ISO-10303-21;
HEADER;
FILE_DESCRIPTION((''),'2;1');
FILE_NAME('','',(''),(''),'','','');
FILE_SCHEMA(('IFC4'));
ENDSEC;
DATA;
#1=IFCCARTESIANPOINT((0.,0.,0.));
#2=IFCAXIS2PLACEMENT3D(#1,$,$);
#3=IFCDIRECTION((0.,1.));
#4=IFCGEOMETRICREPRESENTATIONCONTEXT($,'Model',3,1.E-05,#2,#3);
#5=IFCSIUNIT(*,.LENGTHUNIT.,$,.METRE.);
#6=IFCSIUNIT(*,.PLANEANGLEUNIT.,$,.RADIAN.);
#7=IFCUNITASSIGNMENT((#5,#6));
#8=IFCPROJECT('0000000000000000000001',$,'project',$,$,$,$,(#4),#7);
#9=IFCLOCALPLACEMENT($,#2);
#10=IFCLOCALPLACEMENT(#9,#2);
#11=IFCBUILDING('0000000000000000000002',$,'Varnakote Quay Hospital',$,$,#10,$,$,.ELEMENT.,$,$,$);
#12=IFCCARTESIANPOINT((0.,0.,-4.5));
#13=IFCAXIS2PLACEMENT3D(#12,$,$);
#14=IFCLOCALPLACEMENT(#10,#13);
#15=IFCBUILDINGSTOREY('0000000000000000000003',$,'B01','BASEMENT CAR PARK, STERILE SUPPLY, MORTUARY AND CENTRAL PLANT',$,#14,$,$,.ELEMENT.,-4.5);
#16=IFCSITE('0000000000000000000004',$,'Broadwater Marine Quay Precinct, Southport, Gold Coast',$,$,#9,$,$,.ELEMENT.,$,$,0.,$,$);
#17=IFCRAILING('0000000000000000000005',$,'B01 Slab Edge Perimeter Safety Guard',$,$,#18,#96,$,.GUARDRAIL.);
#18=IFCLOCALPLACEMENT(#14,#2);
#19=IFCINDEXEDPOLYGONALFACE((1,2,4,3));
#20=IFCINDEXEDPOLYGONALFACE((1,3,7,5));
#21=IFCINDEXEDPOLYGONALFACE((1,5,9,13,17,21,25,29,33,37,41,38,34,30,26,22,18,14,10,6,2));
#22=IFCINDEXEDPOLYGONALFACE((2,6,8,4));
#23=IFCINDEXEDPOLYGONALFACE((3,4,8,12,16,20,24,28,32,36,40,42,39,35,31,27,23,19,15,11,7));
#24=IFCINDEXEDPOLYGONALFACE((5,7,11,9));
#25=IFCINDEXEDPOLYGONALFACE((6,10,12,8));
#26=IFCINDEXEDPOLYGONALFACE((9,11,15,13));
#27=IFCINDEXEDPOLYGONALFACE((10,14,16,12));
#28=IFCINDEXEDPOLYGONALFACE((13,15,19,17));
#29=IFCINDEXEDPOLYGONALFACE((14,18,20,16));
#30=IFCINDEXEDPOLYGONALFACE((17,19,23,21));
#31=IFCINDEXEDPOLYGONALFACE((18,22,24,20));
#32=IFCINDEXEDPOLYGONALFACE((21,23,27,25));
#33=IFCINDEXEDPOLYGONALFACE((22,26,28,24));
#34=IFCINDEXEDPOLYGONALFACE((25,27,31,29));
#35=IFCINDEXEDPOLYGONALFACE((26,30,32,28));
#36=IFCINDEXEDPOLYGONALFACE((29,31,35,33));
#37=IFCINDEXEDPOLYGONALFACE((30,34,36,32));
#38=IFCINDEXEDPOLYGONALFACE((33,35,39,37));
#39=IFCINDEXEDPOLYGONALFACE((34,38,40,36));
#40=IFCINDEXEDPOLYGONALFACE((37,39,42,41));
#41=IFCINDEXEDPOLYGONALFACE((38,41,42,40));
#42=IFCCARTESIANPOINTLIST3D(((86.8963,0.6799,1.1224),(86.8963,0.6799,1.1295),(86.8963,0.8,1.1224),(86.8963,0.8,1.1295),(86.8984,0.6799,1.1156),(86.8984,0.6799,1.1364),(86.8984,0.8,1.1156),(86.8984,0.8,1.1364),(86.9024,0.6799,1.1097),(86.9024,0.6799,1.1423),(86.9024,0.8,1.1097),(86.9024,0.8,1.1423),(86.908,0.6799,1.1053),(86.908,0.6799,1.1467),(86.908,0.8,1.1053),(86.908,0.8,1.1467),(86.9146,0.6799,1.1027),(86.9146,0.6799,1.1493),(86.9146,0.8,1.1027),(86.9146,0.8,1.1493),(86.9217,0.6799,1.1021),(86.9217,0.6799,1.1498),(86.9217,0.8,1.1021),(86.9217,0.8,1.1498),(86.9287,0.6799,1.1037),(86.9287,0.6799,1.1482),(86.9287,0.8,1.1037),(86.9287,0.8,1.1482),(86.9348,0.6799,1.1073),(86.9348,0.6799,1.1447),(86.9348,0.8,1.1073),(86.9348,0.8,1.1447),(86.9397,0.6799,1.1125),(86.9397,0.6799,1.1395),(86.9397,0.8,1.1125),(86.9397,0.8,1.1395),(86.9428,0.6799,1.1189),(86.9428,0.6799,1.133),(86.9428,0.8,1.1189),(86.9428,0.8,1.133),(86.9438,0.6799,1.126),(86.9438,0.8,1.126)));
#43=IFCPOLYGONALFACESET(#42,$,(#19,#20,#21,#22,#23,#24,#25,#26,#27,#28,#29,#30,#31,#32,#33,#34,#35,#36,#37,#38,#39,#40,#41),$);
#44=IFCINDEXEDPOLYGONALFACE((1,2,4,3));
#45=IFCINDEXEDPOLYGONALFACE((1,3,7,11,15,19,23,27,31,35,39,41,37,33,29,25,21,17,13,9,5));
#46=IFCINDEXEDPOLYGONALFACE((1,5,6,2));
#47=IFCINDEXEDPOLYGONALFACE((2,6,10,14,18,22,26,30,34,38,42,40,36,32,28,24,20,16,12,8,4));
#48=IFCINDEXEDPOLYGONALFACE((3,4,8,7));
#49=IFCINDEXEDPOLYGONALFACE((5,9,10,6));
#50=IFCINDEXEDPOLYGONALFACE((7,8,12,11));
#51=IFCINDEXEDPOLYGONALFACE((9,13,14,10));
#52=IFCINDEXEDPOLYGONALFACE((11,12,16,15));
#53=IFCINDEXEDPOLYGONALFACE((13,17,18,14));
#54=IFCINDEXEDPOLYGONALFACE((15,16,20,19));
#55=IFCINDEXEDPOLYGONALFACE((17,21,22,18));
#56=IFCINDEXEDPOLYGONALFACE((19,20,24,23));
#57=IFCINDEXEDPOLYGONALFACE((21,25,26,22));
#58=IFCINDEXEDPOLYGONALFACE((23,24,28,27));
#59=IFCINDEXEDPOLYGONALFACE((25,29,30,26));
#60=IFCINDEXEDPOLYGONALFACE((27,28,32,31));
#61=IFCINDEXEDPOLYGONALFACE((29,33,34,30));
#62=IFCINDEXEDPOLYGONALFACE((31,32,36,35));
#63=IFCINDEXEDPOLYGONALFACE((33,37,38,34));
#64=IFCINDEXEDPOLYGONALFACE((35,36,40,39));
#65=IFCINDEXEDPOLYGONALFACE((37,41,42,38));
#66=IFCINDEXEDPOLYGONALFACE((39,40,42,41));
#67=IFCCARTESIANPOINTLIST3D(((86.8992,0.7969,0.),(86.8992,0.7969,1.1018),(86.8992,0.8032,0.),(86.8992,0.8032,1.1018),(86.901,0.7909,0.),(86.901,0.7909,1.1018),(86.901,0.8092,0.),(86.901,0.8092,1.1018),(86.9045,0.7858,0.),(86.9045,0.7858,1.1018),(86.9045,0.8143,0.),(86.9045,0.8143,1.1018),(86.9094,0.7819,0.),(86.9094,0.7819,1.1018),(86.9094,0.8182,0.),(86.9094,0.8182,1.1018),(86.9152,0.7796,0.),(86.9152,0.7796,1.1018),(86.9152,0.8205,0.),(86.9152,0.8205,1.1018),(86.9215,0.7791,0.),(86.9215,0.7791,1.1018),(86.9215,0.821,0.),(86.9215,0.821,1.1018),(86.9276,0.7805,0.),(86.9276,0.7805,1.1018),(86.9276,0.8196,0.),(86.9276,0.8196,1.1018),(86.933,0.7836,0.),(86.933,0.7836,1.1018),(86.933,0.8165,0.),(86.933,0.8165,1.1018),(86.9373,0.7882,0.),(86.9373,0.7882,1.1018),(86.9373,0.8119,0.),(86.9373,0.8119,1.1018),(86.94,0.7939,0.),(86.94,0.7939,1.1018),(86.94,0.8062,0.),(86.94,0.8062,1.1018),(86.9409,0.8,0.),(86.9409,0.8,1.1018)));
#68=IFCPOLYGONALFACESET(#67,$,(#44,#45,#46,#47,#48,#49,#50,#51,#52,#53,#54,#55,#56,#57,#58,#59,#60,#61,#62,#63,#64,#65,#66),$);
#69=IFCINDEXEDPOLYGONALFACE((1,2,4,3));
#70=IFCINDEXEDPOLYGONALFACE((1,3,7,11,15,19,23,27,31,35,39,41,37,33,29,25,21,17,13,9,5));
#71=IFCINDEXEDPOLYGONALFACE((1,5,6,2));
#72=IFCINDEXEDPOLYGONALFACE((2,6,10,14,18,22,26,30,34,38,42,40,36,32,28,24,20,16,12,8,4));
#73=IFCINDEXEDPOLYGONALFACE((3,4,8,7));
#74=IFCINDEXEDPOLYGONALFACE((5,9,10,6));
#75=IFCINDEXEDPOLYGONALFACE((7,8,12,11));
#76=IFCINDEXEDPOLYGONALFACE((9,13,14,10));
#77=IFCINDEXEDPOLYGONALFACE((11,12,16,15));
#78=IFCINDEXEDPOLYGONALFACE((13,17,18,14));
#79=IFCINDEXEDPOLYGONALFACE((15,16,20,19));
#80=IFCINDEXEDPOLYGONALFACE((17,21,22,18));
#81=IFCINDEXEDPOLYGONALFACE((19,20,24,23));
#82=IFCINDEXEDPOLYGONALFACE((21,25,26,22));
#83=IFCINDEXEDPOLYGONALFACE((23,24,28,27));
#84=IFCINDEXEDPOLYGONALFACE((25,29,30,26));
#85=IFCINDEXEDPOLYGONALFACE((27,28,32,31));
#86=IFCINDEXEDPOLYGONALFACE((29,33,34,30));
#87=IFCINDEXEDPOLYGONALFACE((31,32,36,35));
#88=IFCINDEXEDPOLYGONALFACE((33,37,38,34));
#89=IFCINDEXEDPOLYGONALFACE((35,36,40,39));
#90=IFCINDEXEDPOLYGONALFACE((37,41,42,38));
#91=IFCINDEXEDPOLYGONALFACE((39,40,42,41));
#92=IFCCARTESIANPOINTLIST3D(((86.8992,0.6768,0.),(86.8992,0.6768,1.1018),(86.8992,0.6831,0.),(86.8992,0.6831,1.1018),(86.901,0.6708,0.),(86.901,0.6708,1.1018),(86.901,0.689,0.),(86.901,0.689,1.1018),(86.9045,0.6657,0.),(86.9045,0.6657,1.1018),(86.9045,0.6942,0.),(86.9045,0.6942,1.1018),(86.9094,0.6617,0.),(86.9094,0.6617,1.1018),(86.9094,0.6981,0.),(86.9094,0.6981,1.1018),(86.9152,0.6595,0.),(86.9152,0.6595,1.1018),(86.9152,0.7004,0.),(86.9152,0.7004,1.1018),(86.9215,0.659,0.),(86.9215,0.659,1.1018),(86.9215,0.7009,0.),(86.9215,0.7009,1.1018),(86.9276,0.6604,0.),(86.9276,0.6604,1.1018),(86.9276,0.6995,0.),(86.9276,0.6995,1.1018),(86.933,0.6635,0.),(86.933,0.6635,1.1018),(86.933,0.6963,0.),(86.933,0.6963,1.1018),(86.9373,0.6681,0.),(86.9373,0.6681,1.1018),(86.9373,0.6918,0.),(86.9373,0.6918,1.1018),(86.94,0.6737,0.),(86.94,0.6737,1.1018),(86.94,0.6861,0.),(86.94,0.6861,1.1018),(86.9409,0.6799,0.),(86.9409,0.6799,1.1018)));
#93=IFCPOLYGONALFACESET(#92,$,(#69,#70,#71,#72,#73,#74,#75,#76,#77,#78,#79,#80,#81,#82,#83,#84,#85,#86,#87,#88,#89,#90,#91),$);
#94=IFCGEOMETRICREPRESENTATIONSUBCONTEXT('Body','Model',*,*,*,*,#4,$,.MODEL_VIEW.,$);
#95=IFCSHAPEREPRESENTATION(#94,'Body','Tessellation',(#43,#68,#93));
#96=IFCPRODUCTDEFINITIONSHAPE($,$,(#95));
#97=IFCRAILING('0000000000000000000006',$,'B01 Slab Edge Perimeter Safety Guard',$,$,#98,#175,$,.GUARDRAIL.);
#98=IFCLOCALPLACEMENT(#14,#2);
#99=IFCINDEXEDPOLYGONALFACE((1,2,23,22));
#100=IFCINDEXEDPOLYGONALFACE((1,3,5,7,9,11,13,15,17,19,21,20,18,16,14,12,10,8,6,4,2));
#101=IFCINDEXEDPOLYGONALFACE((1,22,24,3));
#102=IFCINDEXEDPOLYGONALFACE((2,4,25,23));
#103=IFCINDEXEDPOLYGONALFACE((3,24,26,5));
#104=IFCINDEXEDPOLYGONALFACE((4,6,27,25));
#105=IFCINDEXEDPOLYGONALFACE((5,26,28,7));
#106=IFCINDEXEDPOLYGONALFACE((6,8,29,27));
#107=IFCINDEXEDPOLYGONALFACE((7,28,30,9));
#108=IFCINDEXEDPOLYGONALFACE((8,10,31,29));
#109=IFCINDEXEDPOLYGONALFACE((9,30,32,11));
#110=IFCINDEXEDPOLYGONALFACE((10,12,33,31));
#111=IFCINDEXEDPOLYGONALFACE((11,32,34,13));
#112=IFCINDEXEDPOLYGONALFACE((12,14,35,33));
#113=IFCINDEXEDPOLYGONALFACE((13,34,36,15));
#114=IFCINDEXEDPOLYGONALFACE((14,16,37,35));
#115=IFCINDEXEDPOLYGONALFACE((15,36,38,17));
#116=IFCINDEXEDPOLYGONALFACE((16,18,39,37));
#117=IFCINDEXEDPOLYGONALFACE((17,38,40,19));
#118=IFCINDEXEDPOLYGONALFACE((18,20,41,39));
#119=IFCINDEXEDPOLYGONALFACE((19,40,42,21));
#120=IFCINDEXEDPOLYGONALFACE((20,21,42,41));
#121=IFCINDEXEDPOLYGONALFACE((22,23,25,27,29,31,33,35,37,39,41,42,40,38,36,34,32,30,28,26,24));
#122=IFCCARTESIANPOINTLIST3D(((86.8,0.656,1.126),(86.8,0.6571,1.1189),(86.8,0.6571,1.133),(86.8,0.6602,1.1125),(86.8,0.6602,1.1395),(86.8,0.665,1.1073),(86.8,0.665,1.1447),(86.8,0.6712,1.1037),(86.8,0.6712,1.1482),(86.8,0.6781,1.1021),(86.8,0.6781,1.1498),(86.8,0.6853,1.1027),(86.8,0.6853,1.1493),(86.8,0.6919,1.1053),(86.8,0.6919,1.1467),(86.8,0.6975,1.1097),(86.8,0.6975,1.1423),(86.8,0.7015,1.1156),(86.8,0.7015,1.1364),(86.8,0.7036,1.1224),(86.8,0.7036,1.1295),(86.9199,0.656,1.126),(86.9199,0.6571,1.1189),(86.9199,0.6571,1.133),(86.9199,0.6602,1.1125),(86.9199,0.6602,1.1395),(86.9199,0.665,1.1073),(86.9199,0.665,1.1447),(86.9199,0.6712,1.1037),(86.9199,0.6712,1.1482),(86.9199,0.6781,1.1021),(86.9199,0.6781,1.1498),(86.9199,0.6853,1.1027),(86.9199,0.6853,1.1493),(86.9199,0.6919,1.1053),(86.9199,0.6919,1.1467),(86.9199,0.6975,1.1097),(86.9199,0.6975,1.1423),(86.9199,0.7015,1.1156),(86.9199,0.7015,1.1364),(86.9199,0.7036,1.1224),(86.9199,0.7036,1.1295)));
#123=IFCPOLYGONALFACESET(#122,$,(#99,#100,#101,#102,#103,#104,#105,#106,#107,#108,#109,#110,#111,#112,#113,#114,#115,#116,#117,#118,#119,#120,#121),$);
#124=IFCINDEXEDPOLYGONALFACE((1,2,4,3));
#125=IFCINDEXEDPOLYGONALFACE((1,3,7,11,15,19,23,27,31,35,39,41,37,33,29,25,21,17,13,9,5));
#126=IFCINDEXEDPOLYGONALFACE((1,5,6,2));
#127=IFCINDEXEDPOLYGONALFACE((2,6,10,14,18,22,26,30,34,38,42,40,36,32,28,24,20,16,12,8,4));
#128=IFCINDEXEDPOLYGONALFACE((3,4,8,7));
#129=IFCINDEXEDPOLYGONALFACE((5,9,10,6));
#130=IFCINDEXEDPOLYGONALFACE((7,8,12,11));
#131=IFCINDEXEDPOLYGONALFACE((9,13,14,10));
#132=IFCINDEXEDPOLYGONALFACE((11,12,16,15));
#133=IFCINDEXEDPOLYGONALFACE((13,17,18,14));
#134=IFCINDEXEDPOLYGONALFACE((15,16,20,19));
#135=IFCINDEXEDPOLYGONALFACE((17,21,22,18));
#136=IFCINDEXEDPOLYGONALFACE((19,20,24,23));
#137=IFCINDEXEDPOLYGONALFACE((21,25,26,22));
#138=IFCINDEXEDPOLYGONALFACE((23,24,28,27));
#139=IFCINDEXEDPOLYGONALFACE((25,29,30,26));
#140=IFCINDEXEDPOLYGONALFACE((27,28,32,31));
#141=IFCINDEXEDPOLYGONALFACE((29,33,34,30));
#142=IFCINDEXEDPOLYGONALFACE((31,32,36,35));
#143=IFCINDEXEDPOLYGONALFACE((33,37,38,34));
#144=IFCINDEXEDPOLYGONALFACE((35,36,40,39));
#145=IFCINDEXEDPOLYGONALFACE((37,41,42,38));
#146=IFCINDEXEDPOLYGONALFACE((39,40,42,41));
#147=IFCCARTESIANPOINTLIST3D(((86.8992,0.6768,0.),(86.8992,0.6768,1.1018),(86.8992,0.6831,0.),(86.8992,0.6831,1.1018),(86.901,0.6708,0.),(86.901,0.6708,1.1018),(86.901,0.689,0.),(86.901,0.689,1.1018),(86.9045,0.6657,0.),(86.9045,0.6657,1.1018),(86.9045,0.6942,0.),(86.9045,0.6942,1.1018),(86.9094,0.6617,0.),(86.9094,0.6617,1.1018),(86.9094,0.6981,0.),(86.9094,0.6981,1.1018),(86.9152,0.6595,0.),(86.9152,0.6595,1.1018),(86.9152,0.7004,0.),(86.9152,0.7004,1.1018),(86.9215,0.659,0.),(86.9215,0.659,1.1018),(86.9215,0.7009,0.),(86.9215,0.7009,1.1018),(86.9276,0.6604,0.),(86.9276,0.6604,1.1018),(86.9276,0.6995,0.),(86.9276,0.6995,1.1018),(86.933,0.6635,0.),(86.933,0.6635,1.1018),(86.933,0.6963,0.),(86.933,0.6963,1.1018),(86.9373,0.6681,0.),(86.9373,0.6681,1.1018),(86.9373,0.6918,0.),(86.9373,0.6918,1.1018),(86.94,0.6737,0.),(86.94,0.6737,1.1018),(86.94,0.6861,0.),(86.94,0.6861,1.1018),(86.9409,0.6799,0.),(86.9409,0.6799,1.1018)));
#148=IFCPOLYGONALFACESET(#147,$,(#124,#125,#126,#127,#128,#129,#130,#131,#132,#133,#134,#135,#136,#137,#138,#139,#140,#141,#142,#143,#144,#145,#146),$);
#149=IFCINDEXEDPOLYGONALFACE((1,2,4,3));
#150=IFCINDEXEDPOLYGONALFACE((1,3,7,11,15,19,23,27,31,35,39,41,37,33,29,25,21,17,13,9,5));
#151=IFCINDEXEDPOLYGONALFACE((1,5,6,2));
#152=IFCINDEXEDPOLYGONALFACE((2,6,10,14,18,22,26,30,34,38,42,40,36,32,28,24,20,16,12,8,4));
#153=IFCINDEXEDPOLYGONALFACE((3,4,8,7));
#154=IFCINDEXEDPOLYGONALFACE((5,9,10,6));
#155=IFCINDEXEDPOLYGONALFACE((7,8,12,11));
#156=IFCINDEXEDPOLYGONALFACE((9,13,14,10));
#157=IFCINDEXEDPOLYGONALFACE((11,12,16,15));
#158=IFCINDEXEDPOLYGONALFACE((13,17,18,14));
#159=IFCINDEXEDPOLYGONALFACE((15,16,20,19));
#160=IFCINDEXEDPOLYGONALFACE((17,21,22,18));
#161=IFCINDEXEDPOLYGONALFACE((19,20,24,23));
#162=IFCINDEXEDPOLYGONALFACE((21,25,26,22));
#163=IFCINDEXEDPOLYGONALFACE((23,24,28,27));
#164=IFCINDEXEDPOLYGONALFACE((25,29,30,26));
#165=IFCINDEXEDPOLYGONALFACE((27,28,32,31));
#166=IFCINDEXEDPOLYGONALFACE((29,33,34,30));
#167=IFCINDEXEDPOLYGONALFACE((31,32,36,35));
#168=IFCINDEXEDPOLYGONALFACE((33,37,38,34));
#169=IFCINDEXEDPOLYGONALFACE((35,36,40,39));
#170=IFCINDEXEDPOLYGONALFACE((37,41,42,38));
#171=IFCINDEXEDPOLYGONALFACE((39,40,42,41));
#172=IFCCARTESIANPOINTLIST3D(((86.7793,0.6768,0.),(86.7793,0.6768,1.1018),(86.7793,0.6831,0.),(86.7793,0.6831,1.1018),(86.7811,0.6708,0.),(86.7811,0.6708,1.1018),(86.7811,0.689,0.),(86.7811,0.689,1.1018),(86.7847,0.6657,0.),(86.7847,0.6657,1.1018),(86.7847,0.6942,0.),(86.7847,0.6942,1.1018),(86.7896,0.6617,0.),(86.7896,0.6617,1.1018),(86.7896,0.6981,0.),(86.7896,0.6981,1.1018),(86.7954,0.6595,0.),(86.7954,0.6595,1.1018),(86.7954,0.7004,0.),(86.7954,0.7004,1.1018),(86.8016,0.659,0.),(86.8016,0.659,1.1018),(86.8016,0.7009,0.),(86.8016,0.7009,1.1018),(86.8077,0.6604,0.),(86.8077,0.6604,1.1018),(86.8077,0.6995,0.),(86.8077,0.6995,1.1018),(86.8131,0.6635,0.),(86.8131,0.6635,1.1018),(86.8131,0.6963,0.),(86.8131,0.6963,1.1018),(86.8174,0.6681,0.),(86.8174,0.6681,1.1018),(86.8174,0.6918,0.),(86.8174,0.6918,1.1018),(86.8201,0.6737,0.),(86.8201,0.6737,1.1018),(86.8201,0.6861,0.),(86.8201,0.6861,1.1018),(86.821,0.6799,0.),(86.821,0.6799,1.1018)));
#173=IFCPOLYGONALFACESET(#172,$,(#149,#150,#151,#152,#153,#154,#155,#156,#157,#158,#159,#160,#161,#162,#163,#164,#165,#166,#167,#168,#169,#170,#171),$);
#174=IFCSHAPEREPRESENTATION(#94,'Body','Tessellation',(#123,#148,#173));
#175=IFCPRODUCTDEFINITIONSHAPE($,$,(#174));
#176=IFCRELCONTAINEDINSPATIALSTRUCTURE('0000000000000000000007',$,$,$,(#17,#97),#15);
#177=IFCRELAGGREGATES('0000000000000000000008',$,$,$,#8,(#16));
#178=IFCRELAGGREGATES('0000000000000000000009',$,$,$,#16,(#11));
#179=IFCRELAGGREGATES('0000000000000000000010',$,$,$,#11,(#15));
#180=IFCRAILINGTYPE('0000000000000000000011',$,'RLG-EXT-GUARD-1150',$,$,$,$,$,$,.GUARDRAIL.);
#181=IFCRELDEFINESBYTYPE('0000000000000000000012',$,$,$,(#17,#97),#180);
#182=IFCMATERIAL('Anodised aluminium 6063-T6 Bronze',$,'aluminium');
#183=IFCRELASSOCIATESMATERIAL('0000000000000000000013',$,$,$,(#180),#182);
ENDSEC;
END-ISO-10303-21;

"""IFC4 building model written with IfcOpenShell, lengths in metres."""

from ifc_helpers import new_model, si_unit, direction, frame, origin, origin_2d, place, context, subcontext, project, spatial, circle, extrude, material, type_object, element, save


model = new_model("IFC4")

# Units and contexts
model_context = context("Model", 3, precision=1e-05, world=origin(), true_north=direction((0.0, 1.0)))
body_context = subcontext(model_context, "Body", "Model", "MODEL_VIEW")
ifc_project = project(units=[si_unit("LENGTHUNIT", "METRE"), si_unit("PLANEANGLEUNIT", "RADIAN")], contexts=[model_context])

# Site, building, storey
site_placement = place(None, origin())
site = spatial("IfcSite", under=ifc_project, at=site_placement, Name="Broadwater Marine Quay Precinct, Southport, Gold Coast", CompositionType="ELEMENT", RefElevation=0.0)
building_placement = place(site_placement, origin())
building = spatial("IfcBuilding", under=site, at=building_placement, Name="Varnakote Quay Hospital", CompositionType="ELEMENT")
storey_placement = place(building_placement, frame((0.0, 0.0, -4.5)))
storey = spatial("IfcBuildingStorey", under=building, at=storey_placement, Name="B01", Description="BASEMENT CAR PARK, STERILE SUPPLY, MORTUARY AND CENTRAL PLANT", CompositionType="ELEMENT", Elevation=-4.5)

# Railings
ifc_material_1 = material(Name="Anodised aluminium 6063-T6 Bronze", Category="aluminium")
railing_type = type_object("IfcRailingType", Name="RLG-EXT-GUARD-1150", PredefinedType="GUARDRAIL", material=ifc_material_1)
railing_1_placement = place(storey_placement, frame((86.9199, 0.8, 0.0)))
element("IfcRailing", 1, at=railing_1_placement, inside=storey, type_object=railing_type, Name="B01 Slab Edge Perimeter Safety Guard", PredefinedType="GUARDRAIL", context=body_context, shape_type="SweptSolid", body=[
    extrude(circle(Radius=0.0239, at=origin_2d()), frame((0.0, 0.0, 1.126), z_axis=(0.0, -1.0, 0.0), x_axis=(1.0, 0.0, 0.0)), (0.0, 0.0, 1.0), 0.1201),
    extrude(circle(Radius=0.021, at=origin_2d()), origin(), (0.0, 0.0, 1.0), 1.1018),
    extrude(circle(Radius=0.021, at=origin_2d()), frame((0.0, -0.1201, 0.0)), (0.0, 0.0, 1.0), 1.1018),
])
railing_2_placement = place(storey_placement, frame((86.9199, 0.6799, 0.0)))
element("IfcRailing", 2, at=railing_2_placement, inside=storey, type_object=railing_type, Name="B01 Slab Edge Perimeter Safety Guard", PredefinedType="GUARDRAIL", context=body_context, shape_type="SweptSolid", body=[
    extrude(circle(Radius=0.0239, at=origin_2d()), frame((0.0, 0.0, 1.126), z_axis=(-1.0, 0.0, 0.0), x_axis=(0.0, -1.0, 0.0)), (0.0, 0.0, 1.0), 0.1199),
    extrude(circle(Radius=0.021, at=origin_2d()), origin(), (0.0, 0.0, 1.0), 1.1018),
    extrude(circle(Radius=0.021, at=origin_2d()), frame((-0.1199, 0.0, 0.0)), (0.0, 0.0, 1.0), 1.1018),
])

save(model, "model.ifc")
